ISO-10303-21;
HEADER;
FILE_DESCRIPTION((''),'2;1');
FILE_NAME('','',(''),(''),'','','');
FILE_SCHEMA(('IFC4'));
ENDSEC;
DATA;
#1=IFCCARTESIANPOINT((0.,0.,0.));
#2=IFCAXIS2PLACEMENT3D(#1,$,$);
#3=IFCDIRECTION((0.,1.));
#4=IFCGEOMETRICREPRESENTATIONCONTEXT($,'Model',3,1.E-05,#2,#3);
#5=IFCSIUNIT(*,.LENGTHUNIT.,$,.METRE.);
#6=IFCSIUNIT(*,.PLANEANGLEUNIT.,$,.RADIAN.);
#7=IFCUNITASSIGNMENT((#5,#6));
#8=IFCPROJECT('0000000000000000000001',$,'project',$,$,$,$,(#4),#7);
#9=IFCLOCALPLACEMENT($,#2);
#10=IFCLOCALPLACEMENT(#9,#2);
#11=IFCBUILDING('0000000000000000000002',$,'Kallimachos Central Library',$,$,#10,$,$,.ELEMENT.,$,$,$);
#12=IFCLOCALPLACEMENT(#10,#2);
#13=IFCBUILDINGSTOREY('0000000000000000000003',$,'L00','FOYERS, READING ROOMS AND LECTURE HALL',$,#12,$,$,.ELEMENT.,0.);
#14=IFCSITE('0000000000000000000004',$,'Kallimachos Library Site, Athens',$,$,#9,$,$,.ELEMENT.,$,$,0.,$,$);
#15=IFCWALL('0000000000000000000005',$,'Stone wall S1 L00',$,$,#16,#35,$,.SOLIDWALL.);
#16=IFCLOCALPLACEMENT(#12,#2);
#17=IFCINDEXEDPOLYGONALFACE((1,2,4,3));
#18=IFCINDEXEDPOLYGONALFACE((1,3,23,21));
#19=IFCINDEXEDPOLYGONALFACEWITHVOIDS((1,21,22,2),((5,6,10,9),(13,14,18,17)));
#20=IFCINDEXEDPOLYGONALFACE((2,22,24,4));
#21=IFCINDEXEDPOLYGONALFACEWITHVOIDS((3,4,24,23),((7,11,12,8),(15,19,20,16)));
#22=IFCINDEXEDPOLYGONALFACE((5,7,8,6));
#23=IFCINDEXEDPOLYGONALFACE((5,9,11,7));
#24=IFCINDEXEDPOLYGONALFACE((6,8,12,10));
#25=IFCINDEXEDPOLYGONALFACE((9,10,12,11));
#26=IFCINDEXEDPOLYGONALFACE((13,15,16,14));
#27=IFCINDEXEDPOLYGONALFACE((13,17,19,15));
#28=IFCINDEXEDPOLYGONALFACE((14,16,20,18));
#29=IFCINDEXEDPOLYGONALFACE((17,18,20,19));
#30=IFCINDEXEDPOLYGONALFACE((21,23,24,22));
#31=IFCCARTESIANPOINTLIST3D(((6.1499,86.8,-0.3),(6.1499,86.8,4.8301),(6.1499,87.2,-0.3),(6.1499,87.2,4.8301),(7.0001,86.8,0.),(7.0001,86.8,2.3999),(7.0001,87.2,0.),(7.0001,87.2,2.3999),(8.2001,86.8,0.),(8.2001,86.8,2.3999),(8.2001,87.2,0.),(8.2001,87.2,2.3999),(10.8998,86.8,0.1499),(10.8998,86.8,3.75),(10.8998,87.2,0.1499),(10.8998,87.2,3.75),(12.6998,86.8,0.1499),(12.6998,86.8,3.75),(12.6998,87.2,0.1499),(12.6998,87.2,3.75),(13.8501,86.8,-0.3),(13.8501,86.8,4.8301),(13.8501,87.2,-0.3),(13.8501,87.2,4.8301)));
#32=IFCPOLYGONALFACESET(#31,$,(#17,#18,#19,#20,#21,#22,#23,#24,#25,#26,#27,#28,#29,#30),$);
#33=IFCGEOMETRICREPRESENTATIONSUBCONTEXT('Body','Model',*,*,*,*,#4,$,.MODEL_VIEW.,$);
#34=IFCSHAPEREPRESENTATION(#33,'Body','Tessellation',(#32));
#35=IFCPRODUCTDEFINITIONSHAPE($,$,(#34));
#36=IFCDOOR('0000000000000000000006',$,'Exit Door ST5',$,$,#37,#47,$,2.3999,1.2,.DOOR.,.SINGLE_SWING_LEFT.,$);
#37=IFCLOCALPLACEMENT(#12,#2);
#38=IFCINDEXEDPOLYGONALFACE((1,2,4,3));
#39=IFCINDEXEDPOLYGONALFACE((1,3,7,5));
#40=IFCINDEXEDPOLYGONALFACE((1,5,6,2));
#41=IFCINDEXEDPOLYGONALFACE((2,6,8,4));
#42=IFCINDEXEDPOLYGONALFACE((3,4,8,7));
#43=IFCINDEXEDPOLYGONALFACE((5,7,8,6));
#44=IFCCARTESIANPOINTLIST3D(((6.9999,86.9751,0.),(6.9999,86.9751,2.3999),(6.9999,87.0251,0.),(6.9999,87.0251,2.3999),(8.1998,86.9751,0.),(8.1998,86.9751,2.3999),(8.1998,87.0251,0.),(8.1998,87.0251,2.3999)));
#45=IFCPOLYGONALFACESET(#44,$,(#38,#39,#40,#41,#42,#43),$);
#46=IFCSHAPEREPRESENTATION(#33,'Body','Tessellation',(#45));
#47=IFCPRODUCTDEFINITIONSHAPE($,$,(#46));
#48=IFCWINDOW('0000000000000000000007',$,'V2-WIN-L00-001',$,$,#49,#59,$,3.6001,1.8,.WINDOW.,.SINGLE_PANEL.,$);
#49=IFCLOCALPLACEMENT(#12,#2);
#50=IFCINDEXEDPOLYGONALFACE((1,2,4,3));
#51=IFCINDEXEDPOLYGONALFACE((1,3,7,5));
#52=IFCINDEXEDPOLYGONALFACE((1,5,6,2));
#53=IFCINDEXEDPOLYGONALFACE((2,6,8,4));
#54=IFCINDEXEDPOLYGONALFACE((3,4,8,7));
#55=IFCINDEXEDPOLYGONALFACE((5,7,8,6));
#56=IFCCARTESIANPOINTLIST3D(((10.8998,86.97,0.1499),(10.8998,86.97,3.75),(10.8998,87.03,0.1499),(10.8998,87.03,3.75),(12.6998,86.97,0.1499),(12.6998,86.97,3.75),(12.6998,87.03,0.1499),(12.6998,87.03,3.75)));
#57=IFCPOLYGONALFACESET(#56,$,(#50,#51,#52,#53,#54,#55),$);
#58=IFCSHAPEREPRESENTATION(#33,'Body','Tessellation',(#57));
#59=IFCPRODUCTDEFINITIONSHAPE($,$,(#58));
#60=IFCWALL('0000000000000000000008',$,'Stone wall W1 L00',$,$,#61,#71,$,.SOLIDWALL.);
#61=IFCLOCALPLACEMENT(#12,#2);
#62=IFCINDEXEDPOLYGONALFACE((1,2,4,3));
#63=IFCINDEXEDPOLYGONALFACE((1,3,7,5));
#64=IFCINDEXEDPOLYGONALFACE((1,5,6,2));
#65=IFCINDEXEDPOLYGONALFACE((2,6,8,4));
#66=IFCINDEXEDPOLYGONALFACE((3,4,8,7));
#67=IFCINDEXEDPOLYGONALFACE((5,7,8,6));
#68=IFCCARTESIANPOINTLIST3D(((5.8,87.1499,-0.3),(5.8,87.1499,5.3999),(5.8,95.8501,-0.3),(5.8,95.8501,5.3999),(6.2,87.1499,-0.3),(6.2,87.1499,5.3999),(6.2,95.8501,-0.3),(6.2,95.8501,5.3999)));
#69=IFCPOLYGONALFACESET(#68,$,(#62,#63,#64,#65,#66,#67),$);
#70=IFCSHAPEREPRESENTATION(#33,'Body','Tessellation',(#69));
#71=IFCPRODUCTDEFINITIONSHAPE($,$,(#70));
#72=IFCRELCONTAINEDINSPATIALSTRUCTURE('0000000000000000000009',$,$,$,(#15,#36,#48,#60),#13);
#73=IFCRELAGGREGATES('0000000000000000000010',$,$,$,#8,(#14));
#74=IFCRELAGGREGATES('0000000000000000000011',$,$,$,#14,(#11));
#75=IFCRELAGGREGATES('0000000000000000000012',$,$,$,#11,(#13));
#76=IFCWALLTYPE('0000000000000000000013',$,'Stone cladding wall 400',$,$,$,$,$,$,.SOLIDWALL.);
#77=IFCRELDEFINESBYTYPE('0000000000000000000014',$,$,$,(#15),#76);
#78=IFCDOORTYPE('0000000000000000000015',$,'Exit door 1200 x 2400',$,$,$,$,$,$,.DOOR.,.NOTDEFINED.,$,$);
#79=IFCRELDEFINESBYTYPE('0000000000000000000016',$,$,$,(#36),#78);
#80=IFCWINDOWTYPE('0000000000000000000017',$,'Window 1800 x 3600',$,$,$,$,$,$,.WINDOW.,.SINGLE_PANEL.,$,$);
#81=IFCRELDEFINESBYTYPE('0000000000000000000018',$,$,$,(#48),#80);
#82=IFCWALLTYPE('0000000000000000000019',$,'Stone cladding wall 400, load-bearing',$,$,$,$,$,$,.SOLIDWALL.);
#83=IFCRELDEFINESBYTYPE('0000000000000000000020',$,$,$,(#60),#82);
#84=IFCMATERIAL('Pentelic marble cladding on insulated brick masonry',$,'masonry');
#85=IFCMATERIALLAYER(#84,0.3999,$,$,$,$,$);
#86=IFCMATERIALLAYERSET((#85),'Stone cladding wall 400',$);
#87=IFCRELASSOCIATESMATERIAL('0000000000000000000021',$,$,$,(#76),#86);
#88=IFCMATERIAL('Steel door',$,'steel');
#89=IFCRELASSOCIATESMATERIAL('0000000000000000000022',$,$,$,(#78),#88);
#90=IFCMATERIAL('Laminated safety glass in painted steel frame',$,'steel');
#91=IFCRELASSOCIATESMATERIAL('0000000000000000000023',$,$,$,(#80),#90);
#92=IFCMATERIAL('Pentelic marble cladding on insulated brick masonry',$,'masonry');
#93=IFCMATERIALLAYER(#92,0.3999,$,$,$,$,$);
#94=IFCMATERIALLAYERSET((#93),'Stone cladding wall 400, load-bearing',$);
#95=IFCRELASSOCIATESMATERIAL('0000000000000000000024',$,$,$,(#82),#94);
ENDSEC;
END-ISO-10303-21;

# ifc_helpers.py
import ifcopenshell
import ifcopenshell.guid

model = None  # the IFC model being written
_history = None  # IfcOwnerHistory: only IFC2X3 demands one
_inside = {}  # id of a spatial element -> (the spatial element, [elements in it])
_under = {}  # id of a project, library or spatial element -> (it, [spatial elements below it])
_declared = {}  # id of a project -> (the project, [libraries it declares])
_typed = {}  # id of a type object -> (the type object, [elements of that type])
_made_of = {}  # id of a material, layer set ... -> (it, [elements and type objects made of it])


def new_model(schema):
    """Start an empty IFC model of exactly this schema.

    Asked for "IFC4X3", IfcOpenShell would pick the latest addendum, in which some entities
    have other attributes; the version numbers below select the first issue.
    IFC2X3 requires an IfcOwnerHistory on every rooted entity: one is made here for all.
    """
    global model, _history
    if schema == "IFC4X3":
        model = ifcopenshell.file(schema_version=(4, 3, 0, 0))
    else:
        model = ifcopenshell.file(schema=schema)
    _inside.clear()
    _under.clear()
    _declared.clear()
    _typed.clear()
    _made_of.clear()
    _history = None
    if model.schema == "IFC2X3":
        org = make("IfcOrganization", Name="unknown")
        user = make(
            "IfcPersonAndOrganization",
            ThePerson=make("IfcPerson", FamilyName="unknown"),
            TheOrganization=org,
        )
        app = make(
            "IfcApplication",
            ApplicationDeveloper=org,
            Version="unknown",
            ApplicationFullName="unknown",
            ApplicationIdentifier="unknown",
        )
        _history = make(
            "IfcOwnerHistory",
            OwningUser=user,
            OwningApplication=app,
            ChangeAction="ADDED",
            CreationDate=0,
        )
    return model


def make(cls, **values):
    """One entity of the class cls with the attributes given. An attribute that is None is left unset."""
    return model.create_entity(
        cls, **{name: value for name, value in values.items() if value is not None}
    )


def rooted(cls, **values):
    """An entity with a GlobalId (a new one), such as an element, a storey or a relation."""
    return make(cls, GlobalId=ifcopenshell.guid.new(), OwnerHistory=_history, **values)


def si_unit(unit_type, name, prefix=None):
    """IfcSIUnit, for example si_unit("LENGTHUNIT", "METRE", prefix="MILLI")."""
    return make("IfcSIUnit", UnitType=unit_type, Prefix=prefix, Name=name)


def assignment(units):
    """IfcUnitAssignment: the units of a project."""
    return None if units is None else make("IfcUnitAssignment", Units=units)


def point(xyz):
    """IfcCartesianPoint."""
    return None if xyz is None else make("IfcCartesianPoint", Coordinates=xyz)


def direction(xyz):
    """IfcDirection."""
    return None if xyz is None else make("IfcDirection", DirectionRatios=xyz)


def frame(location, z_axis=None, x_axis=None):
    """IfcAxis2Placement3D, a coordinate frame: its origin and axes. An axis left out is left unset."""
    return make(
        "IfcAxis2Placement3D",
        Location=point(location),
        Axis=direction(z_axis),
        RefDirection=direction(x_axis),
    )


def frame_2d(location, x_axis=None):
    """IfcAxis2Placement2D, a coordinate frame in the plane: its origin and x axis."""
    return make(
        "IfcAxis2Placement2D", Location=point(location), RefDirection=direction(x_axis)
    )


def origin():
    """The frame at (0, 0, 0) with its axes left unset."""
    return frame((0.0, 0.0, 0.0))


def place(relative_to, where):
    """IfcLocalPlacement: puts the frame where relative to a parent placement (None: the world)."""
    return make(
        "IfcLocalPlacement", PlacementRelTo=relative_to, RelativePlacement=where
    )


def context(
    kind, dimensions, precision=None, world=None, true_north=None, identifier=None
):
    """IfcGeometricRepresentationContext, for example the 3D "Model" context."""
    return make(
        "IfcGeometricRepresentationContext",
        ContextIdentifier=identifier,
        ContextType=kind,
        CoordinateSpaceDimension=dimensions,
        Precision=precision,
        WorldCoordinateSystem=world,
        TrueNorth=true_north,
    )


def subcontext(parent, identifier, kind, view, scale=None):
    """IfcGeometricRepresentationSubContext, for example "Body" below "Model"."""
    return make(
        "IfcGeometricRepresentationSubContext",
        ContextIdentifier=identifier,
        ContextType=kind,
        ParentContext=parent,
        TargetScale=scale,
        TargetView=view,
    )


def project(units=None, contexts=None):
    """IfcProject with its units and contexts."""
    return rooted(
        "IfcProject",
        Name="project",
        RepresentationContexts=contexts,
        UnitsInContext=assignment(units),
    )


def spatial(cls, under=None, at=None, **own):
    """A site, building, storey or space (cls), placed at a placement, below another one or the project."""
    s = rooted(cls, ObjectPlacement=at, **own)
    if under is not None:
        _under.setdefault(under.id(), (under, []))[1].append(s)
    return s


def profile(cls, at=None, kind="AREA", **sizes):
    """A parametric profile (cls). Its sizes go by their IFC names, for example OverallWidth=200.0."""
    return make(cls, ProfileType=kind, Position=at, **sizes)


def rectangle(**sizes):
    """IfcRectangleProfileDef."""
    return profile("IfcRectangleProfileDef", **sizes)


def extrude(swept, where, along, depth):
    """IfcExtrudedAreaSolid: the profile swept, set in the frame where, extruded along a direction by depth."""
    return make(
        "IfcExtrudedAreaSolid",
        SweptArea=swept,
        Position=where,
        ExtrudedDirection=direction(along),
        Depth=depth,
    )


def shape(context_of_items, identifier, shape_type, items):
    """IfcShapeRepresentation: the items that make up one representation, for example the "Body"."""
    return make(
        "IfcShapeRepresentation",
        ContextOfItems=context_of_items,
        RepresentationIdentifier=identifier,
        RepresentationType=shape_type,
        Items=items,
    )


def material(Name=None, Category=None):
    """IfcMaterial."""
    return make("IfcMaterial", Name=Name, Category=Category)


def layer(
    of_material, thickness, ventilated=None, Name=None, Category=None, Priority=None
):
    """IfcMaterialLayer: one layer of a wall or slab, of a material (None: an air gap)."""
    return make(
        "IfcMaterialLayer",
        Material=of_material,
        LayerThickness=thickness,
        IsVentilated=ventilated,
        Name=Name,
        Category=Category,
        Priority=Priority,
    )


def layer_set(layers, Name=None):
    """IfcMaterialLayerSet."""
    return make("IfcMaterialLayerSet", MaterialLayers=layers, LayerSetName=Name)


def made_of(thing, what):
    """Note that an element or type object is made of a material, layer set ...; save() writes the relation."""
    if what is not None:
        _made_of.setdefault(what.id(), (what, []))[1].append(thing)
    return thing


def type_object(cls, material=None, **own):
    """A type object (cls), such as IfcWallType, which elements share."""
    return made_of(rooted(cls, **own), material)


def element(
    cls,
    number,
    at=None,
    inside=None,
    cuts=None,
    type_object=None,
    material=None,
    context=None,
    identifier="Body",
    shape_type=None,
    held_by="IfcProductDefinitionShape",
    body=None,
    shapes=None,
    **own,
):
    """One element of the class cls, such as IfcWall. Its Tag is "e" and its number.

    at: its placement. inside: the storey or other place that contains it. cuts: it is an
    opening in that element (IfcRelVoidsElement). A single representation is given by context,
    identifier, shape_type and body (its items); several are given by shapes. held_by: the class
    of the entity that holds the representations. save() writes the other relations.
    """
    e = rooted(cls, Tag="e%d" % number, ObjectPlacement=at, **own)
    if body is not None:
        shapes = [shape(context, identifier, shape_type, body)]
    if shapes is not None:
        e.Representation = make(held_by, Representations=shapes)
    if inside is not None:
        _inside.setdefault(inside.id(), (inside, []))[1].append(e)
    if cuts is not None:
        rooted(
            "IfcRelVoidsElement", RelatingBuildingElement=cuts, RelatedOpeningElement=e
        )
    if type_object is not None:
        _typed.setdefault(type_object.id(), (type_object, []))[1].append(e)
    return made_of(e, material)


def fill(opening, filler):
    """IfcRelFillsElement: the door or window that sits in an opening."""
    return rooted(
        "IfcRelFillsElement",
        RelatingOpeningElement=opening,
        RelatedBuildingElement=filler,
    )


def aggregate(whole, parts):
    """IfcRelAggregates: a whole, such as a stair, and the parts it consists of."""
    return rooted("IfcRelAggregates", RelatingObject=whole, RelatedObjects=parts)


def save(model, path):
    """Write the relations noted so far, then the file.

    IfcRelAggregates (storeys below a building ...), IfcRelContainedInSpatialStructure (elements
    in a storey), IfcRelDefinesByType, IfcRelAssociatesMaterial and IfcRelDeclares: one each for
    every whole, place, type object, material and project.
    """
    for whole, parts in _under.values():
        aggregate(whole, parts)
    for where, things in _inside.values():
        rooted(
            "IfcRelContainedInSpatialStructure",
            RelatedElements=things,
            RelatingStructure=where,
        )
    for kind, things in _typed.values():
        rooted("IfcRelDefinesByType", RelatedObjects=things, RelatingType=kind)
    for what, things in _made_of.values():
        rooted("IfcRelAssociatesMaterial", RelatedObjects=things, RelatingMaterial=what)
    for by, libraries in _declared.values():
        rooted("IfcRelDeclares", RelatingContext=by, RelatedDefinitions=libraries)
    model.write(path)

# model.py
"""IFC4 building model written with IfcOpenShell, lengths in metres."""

from ifc_helpers import new_model, si_unit, direction, frame, frame_2d, origin, place, context, subcontext, project, spatial, rectangle, extrude, material, layer, layer_set, type_object, element, fill, save


model = new_model("IFC4")

# Units and contexts
model_context = context("Model", 3, precision=1e-05, world=origin(), true_north=direction((0.0, 1.0)))
body_context = subcontext(model_context, "Body", "Model", "MODEL_VIEW")
ifc_project = project(units=[si_unit("LENGTHUNIT", "METRE"), si_unit("PLANEANGLEUNIT", "RADIAN")], contexts=[model_context])

# Site, building, storey
site_placement = place(None, origin())
site = spatial("IfcSite", under=ifc_project, at=site_placement, Name="Kallimachos Library Site, Athens", CompositionType="ELEMENT", RefElevation=0.0)
building_placement = place(site_placement, origin())
building = spatial("IfcBuilding", under=site, at=building_placement, Name="Kallimachos Central Library", CompositionType="ELEMENT")
storey_placement = place(building_placement, origin())
storey = spatial("IfcBuildingStorey", under=building, at=storey_placement, Name="L00", Description="FOYERS, READING ROOMS AND LECTURE HALL", CompositionType="ELEMENT", Elevation=0.0)

# Wall, openings, door, window
ifc_material_1 = material(Name="Pentelic marble cladding on insulated brick masonry", Category="masonry")
ifc_layer_1 = layer(ifc_material_1, 0.3999)
ifc_layer_set_1 = layer_set([ifc_layer_1], Name="Stone cladding wall 400")
wall_type_1 = type_object("IfcWallType", Name="Stone cladding wall 400", PredefinedType="SOLIDWALL", material=ifc_layer_set_1)
wall_1_placement = place(storey_placement, frame((6.1499, 87.0, -0.3), z_axis=(0.0, 0.0, 1.0), x_axis=(1.0, 0.0, 0.0)))
wall_1 = element("IfcWall", 1, at=wall_1_placement, inside=storey, type_object=wall_type_1, Name="Stone wall S1 L00", PredefinedType="SOLIDWALL", context=body_context, shape_type="SweptSolid", body=[
    extrude(rectangle(XDim=7.7002, YDim=0.3999, at=frame_2d((3.8501, 0.0))), origin(), (0.0, 0.0, 1.0), 5.1301),
])
opening_1_placement = place(wall_1_placement, frame((0.8501, 0.0, 0.3)))
opening_1 = element("IfcOpeningElement", 2, at=opening_1_placement, cuts=wall_1, PredefinedType="OPENING", context=body_context, shape_type="SweptSolid", body=[
    extrude(rectangle(XDim=1.2, YDim=2.3999, at=frame_2d((0.6001, 1.2))), frame((0.0, 0.21, 0.0), z_axis=(0.0, -1.0, 0.0), x_axis=(1.0, 0.0, 0.0)), (0.0, 0.0, 1.0), 0.4199),
])
opening_2_placement = place(wall_1_placement, frame((4.75, 0.0, 0.45)))
opening_2 = element("IfcOpeningElement", 3, at=opening_2_placement, cuts=wall_1, PredefinedType="OPENING", context=body_context, shape_type="SweptSolid", body=[
    extrude(rectangle(XDim=1.8, YDim=3.6001, at=frame_2d((0.8999, 1.8))), frame((0.0, 0.21, 0.0), z_axis=(0.0, -1.0, 0.0), x_axis=(1.0, 0.0, 0.0)), (0.0, 0.0, 1.0), 0.4199),
])
ifc_material_2 = material(Name="Steel door", Category="steel")
door_type_1 = type_object("IfcDoorType", Name="Exit door 1200 x 2400", OperationType="NOTDEFINED", PredefinedType="DOOR", material=ifc_material_2)
door_1_placement = place(opening_1_placement, frame((1.2, 0.0, 0.0), z_axis=(0.0, 0.0, 1.0), x_axis=(-1.0, 0.0, 0.0)))
door_1 = element("IfcDoor", 4, at=door_1_placement, inside=storey, type_object=door_type_1, Name="Exit Door ST5", OperationType="SINGLE_SWING_LEFT", OverallHeight=2.3999, OverallWidth=1.2, PredefinedType="DOOR", context=body_context, shape_type="SweptSolid", body=[
    extrude(rectangle(XDim=1.2, YDim=2.3999, at=frame_2d((0.6001, 1.2))), frame((0.0, 0.0249, 0.0), z_axis=(0.0, -1.0, 0.0), x_axis=(1.0, 0.0, 0.0)), (0.0, 0.0, 1.0), 0.05),
])
fill(opening_1, door_1)
ifc_material_3 = material(Name="Laminated safety glass in painted steel frame", Category="steel")
window_type = type_object("IfcWindowType", Name="Window 1800 x 3600", PartitioningType="SINGLE_PANEL", PredefinedType="WINDOW", material=ifc_material_3)
window_placement = place(opening_2_placement, origin())
window = element("IfcWindow", 5, at=window_placement, inside=storey, type_object=window_type, Name="V2-WIN-L00-001", OverallHeight=3.6001, OverallWidth=1.8, PartitioningType="SINGLE_PANEL", PredefinedType="WINDOW", context=body_context, shape_type="SweptSolid", body=[
    extrude(rectangle(XDim=1.8, YDim=3.6001, at=frame_2d((0.8999, 1.8))), frame((0.0, 0.03, 0.0), z_axis=(0.0, -1.0, 0.0), x_axis=(1.0, 0.0, 0.0)), (0.0, 0.0, 1.0), 0.0601),
])
fill(opening_2, window)

# Wall
ifc_material_4 = material(Name="Pentelic marble cladding on insulated brick masonry", Category="masonry")
ifc_layer_2 = layer(ifc_material_4, 0.3999)
ifc_layer_set_2 = layer_set([ifc_layer_2], Name="Stone cladding wall 400, load-bearing")
wall_type_2 = type_object("IfcWallType", Name="Stone cladding wall 400, load-bearing", PredefinedType="SOLIDWALL", material=ifc_layer_set_2)
wall_2_placement = place(storey_placement, frame((6.0, 87.1499, -0.3), z_axis=(0.0, 0.0, 1.0), x_axis=(0.0, 1.0, 0.0)))
element("IfcWall", 6, at=wall_2_placement, inside=storey, type_object=wall_type_2, Name="Stone wall W1 L00", PredefinedType="SOLIDWALL", context=body_context, shape_type="SweptSolid", body=[
    extrude(rectangle(XDim=8.7002, YDim=0.3999, at=frame_2d((4.3501, 0.0))), origin(), (0.0, 0.0, 1.0), 5.7),
])

save(model, "model.ifc")
